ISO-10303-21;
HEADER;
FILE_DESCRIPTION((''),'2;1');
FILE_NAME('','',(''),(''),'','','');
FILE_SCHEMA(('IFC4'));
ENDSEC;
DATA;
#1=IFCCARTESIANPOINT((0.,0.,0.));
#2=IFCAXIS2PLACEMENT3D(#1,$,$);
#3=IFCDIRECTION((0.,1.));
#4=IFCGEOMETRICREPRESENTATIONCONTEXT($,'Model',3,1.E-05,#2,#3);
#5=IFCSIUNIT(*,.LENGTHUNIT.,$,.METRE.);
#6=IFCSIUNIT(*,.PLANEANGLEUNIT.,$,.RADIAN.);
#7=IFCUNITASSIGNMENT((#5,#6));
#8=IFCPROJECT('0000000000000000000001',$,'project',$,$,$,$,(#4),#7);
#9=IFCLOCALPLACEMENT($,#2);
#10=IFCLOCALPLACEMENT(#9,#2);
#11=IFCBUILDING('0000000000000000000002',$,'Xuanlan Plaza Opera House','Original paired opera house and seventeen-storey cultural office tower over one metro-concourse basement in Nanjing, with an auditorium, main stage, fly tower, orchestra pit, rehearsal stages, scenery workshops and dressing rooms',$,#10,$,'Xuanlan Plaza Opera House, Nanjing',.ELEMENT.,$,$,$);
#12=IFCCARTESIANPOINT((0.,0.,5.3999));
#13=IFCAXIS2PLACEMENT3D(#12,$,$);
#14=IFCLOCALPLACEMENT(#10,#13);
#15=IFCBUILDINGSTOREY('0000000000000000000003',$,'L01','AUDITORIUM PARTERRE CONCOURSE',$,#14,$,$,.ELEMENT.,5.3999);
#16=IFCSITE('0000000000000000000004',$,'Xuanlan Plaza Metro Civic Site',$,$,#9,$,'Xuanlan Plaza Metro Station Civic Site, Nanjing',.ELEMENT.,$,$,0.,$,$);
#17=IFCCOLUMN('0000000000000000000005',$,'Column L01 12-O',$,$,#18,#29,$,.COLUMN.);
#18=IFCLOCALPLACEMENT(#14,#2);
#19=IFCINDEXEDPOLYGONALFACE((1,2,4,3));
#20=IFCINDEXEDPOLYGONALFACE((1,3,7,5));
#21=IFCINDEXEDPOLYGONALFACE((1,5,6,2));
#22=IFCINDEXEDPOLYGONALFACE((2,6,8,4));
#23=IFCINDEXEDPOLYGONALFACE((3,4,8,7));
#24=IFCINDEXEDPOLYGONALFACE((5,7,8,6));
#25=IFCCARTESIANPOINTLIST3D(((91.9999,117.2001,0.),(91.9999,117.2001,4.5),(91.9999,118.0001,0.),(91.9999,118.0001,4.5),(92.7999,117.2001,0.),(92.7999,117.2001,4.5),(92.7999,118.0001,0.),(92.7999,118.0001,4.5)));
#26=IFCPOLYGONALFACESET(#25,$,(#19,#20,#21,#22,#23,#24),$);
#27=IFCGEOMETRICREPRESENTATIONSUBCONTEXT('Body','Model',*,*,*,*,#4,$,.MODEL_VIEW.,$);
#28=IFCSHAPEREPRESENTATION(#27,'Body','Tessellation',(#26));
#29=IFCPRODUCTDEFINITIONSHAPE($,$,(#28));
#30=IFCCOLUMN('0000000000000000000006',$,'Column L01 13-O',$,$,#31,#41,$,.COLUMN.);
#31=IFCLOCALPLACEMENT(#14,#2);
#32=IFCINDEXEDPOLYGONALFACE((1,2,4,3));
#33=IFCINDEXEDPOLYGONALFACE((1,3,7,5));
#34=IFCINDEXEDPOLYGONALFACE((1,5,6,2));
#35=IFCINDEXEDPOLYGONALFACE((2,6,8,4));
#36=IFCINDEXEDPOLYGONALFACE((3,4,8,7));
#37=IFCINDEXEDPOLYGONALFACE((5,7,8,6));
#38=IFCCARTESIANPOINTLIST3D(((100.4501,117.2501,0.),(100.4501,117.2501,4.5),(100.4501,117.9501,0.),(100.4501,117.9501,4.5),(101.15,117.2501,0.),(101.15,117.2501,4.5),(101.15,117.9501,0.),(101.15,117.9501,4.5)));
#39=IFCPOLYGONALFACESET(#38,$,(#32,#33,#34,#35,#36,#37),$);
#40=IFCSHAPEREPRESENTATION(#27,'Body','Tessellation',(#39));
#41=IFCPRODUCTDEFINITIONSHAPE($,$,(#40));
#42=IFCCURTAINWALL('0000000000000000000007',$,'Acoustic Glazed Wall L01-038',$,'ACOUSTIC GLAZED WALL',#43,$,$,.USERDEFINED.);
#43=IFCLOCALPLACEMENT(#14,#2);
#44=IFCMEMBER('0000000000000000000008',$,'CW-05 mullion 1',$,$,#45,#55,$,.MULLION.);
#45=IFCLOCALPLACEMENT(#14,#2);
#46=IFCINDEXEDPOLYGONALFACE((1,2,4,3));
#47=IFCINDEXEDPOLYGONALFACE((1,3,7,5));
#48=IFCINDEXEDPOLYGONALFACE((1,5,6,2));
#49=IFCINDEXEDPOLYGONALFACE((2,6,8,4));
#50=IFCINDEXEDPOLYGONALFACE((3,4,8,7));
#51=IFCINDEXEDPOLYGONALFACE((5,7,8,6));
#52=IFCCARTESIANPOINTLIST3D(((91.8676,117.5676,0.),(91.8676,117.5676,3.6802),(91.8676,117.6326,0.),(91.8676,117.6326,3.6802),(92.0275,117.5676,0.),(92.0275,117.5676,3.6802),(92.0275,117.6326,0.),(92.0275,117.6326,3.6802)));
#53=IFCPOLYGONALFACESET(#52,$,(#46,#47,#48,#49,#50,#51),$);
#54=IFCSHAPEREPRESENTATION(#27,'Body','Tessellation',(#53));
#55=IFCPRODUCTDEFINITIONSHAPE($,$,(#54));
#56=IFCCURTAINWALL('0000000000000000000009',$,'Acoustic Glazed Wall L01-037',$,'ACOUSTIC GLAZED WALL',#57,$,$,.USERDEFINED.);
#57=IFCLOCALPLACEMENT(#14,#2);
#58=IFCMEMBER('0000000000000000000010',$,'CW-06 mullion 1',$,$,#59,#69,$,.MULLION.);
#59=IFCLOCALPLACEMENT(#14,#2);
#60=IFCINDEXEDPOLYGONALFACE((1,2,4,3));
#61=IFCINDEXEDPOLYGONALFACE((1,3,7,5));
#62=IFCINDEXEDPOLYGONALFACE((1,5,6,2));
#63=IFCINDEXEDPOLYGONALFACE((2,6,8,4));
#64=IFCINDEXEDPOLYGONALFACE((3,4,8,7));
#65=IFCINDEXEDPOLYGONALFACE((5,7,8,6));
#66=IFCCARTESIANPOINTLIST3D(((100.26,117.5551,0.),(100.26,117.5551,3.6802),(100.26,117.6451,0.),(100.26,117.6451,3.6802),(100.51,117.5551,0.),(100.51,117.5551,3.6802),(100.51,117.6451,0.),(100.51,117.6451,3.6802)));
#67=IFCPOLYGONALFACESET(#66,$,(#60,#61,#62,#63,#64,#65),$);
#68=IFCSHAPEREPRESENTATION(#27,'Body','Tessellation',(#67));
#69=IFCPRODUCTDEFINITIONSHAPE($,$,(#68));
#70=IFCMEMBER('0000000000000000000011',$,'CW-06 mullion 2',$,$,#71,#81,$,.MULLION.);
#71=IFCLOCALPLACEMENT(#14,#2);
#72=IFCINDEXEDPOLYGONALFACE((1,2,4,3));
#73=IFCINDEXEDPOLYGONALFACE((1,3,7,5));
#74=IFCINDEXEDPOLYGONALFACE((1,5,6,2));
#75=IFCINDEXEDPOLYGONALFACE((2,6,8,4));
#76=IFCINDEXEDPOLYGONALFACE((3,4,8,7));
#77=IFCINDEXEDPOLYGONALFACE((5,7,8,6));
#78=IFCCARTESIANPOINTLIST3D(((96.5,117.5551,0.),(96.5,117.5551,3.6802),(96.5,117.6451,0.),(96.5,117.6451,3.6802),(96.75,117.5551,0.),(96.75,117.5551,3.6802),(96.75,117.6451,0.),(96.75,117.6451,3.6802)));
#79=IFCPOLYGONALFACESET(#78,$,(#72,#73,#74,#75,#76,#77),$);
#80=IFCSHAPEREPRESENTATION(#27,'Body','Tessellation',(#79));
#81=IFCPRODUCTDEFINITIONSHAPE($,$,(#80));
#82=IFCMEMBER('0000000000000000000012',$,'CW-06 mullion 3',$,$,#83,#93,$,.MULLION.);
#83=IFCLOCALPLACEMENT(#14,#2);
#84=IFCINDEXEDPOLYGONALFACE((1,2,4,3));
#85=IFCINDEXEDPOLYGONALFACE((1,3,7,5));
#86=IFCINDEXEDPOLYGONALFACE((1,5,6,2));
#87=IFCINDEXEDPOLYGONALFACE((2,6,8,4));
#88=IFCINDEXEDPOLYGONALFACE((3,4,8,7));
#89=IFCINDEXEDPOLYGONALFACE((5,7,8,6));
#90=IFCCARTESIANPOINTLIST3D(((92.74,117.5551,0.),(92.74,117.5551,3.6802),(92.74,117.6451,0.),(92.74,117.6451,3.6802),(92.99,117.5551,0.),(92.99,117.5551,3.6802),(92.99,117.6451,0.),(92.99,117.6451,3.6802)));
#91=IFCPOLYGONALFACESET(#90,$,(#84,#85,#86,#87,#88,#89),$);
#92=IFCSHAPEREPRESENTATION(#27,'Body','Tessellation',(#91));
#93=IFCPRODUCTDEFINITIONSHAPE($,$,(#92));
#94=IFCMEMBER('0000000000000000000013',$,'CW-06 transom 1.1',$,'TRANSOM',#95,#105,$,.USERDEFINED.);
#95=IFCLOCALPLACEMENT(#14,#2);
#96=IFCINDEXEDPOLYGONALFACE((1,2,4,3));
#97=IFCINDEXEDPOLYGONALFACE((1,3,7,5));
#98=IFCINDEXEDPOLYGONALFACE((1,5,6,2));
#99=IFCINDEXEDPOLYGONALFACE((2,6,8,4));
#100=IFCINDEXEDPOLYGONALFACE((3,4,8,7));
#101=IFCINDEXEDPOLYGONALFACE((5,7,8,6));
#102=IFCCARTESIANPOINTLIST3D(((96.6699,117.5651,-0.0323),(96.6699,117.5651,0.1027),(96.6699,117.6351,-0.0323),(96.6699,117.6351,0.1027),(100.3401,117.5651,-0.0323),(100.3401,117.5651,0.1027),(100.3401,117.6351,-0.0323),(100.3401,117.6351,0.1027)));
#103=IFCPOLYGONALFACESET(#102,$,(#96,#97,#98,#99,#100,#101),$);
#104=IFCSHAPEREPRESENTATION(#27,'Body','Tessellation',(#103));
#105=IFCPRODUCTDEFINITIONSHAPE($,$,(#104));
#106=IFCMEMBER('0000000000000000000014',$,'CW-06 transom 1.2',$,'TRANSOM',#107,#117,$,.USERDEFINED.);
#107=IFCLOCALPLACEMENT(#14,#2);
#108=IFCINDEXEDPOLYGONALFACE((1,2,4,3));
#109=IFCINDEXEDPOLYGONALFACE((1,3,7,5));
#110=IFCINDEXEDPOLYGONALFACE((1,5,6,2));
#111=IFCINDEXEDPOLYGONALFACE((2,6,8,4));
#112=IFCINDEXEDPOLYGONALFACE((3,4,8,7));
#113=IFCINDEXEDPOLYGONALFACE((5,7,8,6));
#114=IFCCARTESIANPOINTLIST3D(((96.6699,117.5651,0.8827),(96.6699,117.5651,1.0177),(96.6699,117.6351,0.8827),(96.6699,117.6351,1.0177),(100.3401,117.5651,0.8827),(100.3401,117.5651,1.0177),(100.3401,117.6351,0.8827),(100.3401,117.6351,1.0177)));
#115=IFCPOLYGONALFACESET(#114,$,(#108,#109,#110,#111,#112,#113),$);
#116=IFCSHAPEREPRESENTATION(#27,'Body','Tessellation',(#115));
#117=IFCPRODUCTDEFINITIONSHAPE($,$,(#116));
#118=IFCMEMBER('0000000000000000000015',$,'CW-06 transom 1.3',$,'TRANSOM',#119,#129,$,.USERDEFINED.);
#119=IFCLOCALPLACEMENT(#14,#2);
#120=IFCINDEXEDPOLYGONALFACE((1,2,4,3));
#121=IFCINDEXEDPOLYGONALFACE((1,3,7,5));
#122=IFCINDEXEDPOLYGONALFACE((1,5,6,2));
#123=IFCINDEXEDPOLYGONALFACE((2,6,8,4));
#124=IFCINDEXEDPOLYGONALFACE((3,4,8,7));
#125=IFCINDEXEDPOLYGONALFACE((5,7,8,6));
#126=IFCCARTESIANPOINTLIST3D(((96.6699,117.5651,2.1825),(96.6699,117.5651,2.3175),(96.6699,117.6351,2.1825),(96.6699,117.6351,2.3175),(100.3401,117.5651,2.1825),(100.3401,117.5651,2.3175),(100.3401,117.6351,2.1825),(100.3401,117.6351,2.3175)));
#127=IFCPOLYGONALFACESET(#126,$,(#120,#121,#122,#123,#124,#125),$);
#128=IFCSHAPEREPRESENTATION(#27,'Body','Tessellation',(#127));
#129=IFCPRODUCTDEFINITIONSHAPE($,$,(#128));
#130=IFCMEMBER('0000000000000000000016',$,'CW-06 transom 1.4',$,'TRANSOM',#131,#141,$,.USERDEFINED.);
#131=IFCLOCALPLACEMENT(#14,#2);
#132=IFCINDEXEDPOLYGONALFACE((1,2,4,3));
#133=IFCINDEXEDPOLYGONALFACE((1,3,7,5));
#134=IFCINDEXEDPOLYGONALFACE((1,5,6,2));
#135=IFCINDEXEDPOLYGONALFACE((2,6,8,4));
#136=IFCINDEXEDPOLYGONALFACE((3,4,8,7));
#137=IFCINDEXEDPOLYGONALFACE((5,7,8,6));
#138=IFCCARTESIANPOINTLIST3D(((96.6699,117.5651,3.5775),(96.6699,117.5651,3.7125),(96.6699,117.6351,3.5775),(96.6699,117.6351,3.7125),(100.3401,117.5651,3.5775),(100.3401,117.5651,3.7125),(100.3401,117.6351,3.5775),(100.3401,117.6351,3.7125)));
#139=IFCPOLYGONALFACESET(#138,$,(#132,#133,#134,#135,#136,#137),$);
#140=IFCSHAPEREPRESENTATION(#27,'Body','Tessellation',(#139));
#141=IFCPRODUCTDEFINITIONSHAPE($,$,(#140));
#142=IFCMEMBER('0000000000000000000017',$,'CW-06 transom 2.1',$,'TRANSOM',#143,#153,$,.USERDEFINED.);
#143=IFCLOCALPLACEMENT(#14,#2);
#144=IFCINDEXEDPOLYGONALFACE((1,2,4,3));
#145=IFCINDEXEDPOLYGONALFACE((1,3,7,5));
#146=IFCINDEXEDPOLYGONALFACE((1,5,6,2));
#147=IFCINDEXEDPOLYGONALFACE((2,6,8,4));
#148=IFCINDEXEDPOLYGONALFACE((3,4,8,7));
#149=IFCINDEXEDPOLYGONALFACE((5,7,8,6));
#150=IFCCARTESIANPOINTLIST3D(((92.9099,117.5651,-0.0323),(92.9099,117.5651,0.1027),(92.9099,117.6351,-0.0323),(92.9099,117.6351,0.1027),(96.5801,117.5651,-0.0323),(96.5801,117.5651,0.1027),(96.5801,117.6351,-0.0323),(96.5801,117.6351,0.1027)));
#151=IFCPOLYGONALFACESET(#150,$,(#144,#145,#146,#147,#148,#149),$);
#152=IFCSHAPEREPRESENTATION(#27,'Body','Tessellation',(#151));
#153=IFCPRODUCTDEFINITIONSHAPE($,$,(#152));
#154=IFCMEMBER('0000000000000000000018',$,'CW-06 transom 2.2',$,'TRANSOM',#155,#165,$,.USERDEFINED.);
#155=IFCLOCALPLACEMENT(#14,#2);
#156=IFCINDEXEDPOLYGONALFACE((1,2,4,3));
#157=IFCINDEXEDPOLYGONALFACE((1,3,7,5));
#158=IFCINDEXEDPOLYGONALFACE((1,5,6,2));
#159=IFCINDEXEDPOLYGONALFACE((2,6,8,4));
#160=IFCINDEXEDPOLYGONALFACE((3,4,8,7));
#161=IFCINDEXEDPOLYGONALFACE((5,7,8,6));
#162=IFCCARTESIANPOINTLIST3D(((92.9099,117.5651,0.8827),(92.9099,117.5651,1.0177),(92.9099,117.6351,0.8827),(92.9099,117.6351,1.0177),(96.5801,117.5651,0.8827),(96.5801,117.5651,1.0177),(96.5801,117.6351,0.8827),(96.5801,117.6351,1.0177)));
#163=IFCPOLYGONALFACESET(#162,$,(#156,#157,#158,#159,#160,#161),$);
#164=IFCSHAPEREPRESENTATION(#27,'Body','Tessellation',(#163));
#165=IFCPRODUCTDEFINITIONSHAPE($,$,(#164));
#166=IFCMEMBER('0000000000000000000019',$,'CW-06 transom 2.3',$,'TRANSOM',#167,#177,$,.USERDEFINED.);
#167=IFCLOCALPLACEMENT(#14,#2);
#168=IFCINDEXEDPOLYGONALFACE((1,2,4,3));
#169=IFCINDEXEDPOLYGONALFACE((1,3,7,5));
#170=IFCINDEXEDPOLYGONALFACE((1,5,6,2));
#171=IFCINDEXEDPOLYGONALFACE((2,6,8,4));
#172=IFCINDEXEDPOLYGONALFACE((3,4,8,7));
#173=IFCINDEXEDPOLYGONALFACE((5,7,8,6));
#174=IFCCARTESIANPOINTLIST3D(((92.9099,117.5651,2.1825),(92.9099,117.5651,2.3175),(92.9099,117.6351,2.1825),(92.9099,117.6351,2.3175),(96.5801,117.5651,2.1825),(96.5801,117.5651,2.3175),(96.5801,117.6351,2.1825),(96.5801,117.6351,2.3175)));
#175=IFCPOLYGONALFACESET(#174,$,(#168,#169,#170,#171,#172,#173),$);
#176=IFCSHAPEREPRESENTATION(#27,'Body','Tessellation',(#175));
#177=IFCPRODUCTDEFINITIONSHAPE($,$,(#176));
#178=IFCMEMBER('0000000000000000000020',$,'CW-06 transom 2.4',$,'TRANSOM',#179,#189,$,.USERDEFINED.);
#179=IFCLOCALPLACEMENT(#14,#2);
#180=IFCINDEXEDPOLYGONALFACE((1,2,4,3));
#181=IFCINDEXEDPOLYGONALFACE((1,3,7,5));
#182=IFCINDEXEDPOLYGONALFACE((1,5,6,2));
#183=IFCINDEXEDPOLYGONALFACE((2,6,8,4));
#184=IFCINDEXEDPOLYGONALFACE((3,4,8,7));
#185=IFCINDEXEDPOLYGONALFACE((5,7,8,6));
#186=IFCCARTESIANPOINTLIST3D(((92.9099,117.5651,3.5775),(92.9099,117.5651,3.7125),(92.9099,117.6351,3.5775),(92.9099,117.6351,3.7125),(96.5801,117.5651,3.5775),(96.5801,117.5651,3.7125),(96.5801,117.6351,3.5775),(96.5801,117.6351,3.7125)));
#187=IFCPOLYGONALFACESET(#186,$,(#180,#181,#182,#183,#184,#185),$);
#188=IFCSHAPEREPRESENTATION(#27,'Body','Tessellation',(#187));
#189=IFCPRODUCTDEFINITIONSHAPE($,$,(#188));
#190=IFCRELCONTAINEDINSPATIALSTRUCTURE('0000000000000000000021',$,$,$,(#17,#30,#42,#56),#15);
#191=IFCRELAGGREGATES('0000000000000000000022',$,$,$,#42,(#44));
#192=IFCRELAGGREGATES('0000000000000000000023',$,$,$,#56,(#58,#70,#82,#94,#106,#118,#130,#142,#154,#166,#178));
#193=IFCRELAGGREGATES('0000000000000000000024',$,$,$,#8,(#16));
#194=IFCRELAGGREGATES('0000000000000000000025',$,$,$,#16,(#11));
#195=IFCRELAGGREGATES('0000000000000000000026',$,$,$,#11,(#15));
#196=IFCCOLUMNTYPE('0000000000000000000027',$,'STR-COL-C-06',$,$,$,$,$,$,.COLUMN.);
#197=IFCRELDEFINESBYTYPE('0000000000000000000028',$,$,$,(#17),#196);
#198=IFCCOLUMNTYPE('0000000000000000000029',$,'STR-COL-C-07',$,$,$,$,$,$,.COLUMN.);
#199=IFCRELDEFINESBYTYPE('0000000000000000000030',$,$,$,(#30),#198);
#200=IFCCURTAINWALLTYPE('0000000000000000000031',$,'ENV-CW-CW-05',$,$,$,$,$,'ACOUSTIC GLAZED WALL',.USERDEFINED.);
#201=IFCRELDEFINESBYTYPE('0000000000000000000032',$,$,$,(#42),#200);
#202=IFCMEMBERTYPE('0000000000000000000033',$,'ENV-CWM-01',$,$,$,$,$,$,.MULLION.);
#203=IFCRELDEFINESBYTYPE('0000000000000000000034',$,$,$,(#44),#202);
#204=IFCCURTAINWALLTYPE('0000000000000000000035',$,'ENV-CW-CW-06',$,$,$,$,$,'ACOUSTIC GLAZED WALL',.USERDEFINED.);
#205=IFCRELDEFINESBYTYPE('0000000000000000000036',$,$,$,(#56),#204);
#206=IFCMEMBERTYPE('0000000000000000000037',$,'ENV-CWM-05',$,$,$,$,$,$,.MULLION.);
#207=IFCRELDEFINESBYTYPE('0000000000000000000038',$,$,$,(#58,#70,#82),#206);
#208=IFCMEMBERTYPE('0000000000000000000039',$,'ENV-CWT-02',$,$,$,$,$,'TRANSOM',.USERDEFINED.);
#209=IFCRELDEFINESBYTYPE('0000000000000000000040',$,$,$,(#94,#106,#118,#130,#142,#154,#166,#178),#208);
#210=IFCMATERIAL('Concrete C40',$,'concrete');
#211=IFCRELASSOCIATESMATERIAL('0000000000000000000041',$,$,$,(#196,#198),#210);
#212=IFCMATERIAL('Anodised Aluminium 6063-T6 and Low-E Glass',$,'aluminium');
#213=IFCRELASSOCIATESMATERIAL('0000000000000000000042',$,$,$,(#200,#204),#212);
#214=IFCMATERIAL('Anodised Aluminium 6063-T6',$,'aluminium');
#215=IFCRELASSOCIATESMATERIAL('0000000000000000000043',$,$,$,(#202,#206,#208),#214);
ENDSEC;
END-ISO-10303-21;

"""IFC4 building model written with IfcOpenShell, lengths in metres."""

from ifc_helpers import new_model, si_unit, direction, frame, origin, origin_2d, place, context, subcontext, project, spatial, rectangle, extrude, material, material_profile, profile_set, type_object, element, aggregate, save


model = new_model("IFC4")

# Units and contexts
model_context = context("Model", 3, precision=1e-05, world=origin(), true_north=direction((0.0, 1.0)))
body_context = subcontext(model_context, "Body", "Model", "MODEL_VIEW")
ifc_project = project(units=[si_unit("LENGTHUNIT", "METRE"), si_unit("PLANEANGLEUNIT", "RADIAN")], contexts=[model_context])

# Site, building, storey
site_placement = place(None, origin())
site = spatial("IfcSite", under=ifc_project, at=site_placement, Name="Xuanlan Plaza Metro Civic Site", LongName="Xuanlan Plaza Metro Station Civic Site, Nanjing", CompositionType="ELEMENT", RefElevation=0.0)
building_placement = place(site_placement, origin())
building = spatial("IfcBuilding", under=site, at=building_placement, Name="Xuanlan Plaza Opera House", Description="Original paired opera house and seventeen-storey cultural office tower over one metro-concourse basement in Nanjing, with an auditorium, main stage, fly tower, orchestra pit, rehearsal stages, scenery workshops and dressing rooms", LongName="Xuanlan Plaza Opera House, Nanjing", CompositionType="ELEMENT")
storey_placement = place(building_placement, frame((0.0, 0.0, 5.3999)))
storey = spatial("IfcBuildingStorey", under=building, at=storey_placement, Name="L01", Description="AUDITORIUM PARTERRE CONCOURSE", CompositionType="ELEMENT", Elevation=5.3999)

# Columns
ifc_material_1 = material(Name="Concrete C40", Category="concrete")
ifc_material_profile_1 = material_profile(ifc_material_1, rectangle(XDim=0.8, YDim=0.8, at=origin_2d()), Name="RC-COL 800x800")
ifc_profile_set_1 = profile_set([ifc_material_profile_1], Name="Concrete C40")
column_type_1 = type_object("IfcColumnType", Name="STR-COL-C-06", PredefinedType="COLUMN", material=ifc_profile_set_1)
column_1_placement = place(storey_placement, frame((92.3999, 117.6001, 0.0), z_axis=(0.0, 0.0, 1.0), x_axis=(1.0, 0.0, 0.0)))
element("IfcColumn", 1, at=column_1_placement, inside=storey, type_object=column_type_1, Name="Column L01 12-O", PredefinedType="COLUMN", context=body_context, shape_type="SweptSolid", body=[
    extrude(rectangle(XDim=0.8, YDim=0.8, at=origin_2d()), origin(), (0.0, 0.0, 1.0), 4.5),
])
ifc_material_profile_2 = material_profile(ifc_material_1, rectangle(XDim=0.7, YDim=0.7, at=origin_2d()), Name="RC-COL 700x700")
ifc_profile_set_2 = profile_set([ifc_material_profile_2], Name="Concrete C40")
column_type_2 = type_object("IfcColumnType", Name="STR-COL-C-07", PredefinedType="COLUMN", material=ifc_profile_set_2)
column_2_placement = place(storey_placement, frame((100.8, 117.6001, 0.0), z_axis=(0.0, 0.0, 1.0), x_axis=(1.0, 0.0, 0.0)))
element("IfcColumn", 2, at=column_2_placement, inside=storey, type_object=column_type_2, Name="Column L01 13-O", PredefinedType="COLUMN", context=body_context, shape_type="SweptSolid", body=[
    extrude(rectangle(XDim=0.7, YDim=0.7, at=origin_2d()), origin(), (0.0, 0.0, 1.0), 4.5),
])

# Curtain wall, member
ifc_material_2 = material(Name="Anodised Aluminium 6063-T6 and Low-E Glass", Category="aluminium")
curtain_wall_type_1 = type_object("IfcCurtainWallType", Name="ENV-CW-CW-05", ElementType="ACOUSTIC GLAZED WALL", PredefinedType="USERDEFINED", material=ifc_material_2)
curtain_wall_1_placement = place(storey_placement, origin())
curtain_wall_1 = element("IfcCurtainWall", 3, at=curtain_wall_1_placement, inside=storey, type_object=curtain_wall_type_1, Name="Acoustic Glazed Wall L01-038", ObjectType="ACOUSTIC GLAZED WALL", PredefinedType="USERDEFINED")
ifc_material_3 = material(Name="Anodised Aluminium 6063-T6", Category="aluminium")
ifc_material_profile_3 = material_profile(ifc_material_3, rectangle(XDim=0.0649, YDim=0.1599, at=origin_2d()), Name="ALU-M 65x160")
ifc_profile_set_3 = profile_set([ifc_material_profile_3], Name="Anodised Aluminium 6063-T6")
member_type_1 = type_object("IfcMemberType", Name="ENV-CWM-01", PredefinedType="MULLION", material=ifc_profile_set_3)
member_1_placement = place(storey_placement, frame((91.9475, 117.6001, 0.0), z_axis=(0.0, 0.0, 1.0), x_axis=(0.0, -1.0, 0.0)))
member_1 = element("IfcMember", 4, at=member_1_placement, type_object=member_type_1, Name="CW-05 mullion 1", PredefinedType="MULLION", context=body_context, shape_type="SweptSolid", body=[
    extrude(rectangle(XDim=0.0649, YDim=0.1599, at=origin_2d()), origin(), (0.0, 0.0, 1.0), 3.6802),
])

# Curtain wall, members
curtain_wall_type_2 = type_object("IfcCurtainWallType", Name="ENV-CW-CW-06", ElementType="ACOUSTIC GLAZED WALL", PredefinedType="USERDEFINED", material=ifc_material_2)
curtain_wall_2_placement = place(storey_placement, origin())
curtain_wall_2 = element("IfcCurtainWall", 5, at=curtain_wall_2_placement, inside=storey, type_object=curtain_wall_type_2, Name="Acoustic Glazed Wall L01-037", ObjectType="ACOUSTIC GLAZED WALL", PredefinedType="USERDEFINED")
ifc_material_profile_4 = material_profile(ifc_material_3, rectangle(XDim=0.0901, YDim=0.25, at=origin_2d()), Name="ALU-M 90x250")
ifc_profile_set_4 = profile_set([ifc_material_profile_4], Name="Anodised Aluminium 6063-T6")
member_type_2 = type_object("IfcMemberType", Name="ENV-CWM-05", PredefinedType="MULLION", material=ifc_profile_set_4)
member_2_placement = place(storey_placement, frame((100.385, 117.6001, 0.0), z_axis=(0.0, 0.0, 1.0), x_axis=(0.0, -1.0, 0.0)))
member_2 = element("IfcMember", 6, at=member_2_placement, type_object=member_type_2, Name="CW-06 mullion 1", PredefinedType="MULLION", context=body_context, shape_type="SweptSolid", body=[
    extrude(rectangle(XDim=0.0901, YDim=0.25, at=origin_2d()), origin(), (0.0, 0.0, 1.0), 3.6802),
])
member_3_placement = place(storey_placement, frame((96.625, 117.6001, 0.0), z_axis=(0.0, 0.0, 1.0), x_axis=(0.0, -1.0, 0.0)))
member_3 = element("IfcMember", 7, at=member_3_placement, type_object=member_type_2, Name="CW-06 mullion 2", PredefinedType="MULLION", context=body_context, shape_type="SweptSolid", body=[
    extrude(rectangle(XDim=0.0901, YDim=0.25, at=origin_2d()), origin(), (0.0, 0.0, 1.0), 3.6802),
])
member_4_placement = place(storey_placement, frame((92.865, 117.6001, 0.0), z_axis=(0.0, 0.0, 1.0), x_axis=(0.0, -1.0, 0.0)))
member_4 = element("IfcMember", 8, at=member_4_placement, type_object=member_type_2, Name="CW-06 mullion 3", PredefinedType="MULLION", context=body_context, shape_type="SweptSolid", body=[
    extrude(rectangle(XDim=0.0901, YDim=0.25, at=origin_2d()), origin(), (0.0, 0.0, 1.0), 3.6802),
])
ifc_material_profile_5 = material_profile(ifc_material_3, rectangle(XDim=0.0701, YDim=0.135, at=origin_2d()), Name="ALU-T 70x135")
ifc_profile_set_5 = profile_set([ifc_material_profile_5], Name="Anodised Aluminium 6063-T6")
member_type_3 = type_object("IfcMemberType", Name="ENV-CWT-02", ElementType="TRANSOM", PredefinedType="USERDEFINED", material=ifc_profile_set_5)
member_5_placement = place(storey_placement, frame((100.3401, 117.6001, 0.0352), z_axis=(-1.0, 0.0, 0.0), x_axis=(0.0, -1.0, 0.0)))
member_5 = element("IfcMember", 9, at=member_5_placement, type_object=member_type_3, Name="CW-06 transom 1.1", ObjectType="TRANSOM", PredefinedType="USERDEFINED", context=body_context, shape_type="SweptSolid", body=[
    extrude(rectangle(XDim=0.0701, YDim=0.135, at=origin_2d()), origin(), (0.0, 0.0, 1.0), 3.6702),
])
member_6_placement = place(storey_placement, frame((100.3401, 117.6001, 0.9502), z_axis=(-1.0, 0.0, 0.0), x_axis=(0.0, -1.0, 0.0)))
member_6 = element("IfcMember", 10, at=member_6_placement, type_object=member_type_3, Name="CW-06 transom 1.2", ObjectType="TRANSOM", PredefinedType="USERDEFINED", context=body_context, shape_type="SweptSolid", body=[
    extrude(rectangle(XDim=0.0701, YDim=0.135, at=origin_2d()), origin(), (0.0, 0.0, 1.0), 3.6702),
])
member_7_placement = place(storey_placement, frame((100.3401, 117.6001, 2.25), z_axis=(-1.0, 0.0, 0.0), x_axis=(0.0, -1.0, 0.0)))
member_7 = element("IfcMember", 11, at=member_7_placement, type_object=member_type_3, Name="CW-06 transom 1.3", ObjectType="TRANSOM", PredefinedType="USERDEFINED", context=body_context, shape_type="SweptSolid", body=[
    extrude(rectangle(XDim=0.0701, YDim=0.135, at=origin_2d()), origin(), (0.0, 0.0, 1.0), 3.6702),
])
member_8_placement = place(storey_placement, frame((100.3401, 117.6001, 3.645), z_axis=(-1.0, 0.0, 0.0), x_axis=(0.0, -1.0, 0.0)))
member_8 = element("IfcMember", 12, at=member_8_placement, type_object=member_type_3, Name="CW-06 transom 1.4", ObjectType="TRANSOM", PredefinedType="USERDEFINED", context=body_context, shape_type="SweptSolid", body=[
    extrude(rectangle(XDim=0.0701, YDim=0.135, at=origin_2d()), origin(), (0.0, 0.0, 1.0), 3.6702),
])
member_9_placement = place(storey_placement, frame((96.5801, 117.6001, 0.0352), z_axis=(-1.0, 0.0, 0.0), x_axis=(0.0, -1.0, 0.0)))
member_9 = element("IfcMember", 13, at=member_9_placement, type_object=member_type_3, Name="CW-06 transom 2.1", ObjectType="TRANSOM", PredefinedType="USERDEFINED", context=body_context, shape_type="SweptSolid", body=[
    extrude(rectangle(XDim=0.0701, YDim=0.135, at=origin_2d()), origin(), (0.0, 0.0, 1.0), 3.6702),
])
member_10_placement = place(storey_placement, frame((96.5801, 117.6001, 0.9502), z_axis=(-1.0, 0.0, 0.0), x_axis=(0.0, -1.0, 0.0)))
member_10 = element("IfcMember", 14, at=member_10_placement, type_object=member_type_3, Name="CW-06 transom 2.2", ObjectType="TRANSOM", PredefinedType="USERDEFINED", context=body_context, shape_type="SweptSolid", body=[
    extrude(rectangle(XDim=0.0701, YDim=0.135, at=origin_2d()), origin(), (0.0, 0.0, 1.0), 3.6702),
])
member_11_placement = place(storey_placement, frame((96.5801, 117.6001, 2.25), z_axis=(-1.0, 0.0, 0.0), x_axis=(0.0, -1.0, 0.0)))
member_11 = element("IfcMember", 15, at=member_11_placement, type_object=member_type_3, Name="CW-06 transom 2.3", ObjectType="TRANSOM", PredefinedType="USERDEFINED", context=body_context, shape_type="SweptSolid", body=[
    extrude(rectangle(XDim=0.0701, YDim=0.135, at=origin_2d()), origin(), (0.0, 0.0, 1.0), 3.6702),
])
member_12_placement = place(storey_placement, frame((96.5801, 117.6001, 3.645), z_axis=(-1.0, 0.0, 0.0), x_axis=(0.0, -1.0, 0.0)))
member_12 = element("IfcMember", 16, at=member_12_placement, type_object=member_type_3, Name="CW-06 transom 2.4", ObjectType="TRANSOM", PredefinedType="USERDEFINED", context=body_context, shape_type="SweptSolid", body=[
    extrude(rectangle(XDim=0.0701, YDim=0.135, at=origin_2d()), origin(), (0.0, 0.0, 1.0), 3.6702),
])

aggregate(curtain_wall_1, [member_1])
aggregate(curtain_wall_2, [member_2, member_3, member_4, member_5, member_6, member_7, member_8, member_9, member_10, member_11, member_12])

save(model, "model.ifc")
